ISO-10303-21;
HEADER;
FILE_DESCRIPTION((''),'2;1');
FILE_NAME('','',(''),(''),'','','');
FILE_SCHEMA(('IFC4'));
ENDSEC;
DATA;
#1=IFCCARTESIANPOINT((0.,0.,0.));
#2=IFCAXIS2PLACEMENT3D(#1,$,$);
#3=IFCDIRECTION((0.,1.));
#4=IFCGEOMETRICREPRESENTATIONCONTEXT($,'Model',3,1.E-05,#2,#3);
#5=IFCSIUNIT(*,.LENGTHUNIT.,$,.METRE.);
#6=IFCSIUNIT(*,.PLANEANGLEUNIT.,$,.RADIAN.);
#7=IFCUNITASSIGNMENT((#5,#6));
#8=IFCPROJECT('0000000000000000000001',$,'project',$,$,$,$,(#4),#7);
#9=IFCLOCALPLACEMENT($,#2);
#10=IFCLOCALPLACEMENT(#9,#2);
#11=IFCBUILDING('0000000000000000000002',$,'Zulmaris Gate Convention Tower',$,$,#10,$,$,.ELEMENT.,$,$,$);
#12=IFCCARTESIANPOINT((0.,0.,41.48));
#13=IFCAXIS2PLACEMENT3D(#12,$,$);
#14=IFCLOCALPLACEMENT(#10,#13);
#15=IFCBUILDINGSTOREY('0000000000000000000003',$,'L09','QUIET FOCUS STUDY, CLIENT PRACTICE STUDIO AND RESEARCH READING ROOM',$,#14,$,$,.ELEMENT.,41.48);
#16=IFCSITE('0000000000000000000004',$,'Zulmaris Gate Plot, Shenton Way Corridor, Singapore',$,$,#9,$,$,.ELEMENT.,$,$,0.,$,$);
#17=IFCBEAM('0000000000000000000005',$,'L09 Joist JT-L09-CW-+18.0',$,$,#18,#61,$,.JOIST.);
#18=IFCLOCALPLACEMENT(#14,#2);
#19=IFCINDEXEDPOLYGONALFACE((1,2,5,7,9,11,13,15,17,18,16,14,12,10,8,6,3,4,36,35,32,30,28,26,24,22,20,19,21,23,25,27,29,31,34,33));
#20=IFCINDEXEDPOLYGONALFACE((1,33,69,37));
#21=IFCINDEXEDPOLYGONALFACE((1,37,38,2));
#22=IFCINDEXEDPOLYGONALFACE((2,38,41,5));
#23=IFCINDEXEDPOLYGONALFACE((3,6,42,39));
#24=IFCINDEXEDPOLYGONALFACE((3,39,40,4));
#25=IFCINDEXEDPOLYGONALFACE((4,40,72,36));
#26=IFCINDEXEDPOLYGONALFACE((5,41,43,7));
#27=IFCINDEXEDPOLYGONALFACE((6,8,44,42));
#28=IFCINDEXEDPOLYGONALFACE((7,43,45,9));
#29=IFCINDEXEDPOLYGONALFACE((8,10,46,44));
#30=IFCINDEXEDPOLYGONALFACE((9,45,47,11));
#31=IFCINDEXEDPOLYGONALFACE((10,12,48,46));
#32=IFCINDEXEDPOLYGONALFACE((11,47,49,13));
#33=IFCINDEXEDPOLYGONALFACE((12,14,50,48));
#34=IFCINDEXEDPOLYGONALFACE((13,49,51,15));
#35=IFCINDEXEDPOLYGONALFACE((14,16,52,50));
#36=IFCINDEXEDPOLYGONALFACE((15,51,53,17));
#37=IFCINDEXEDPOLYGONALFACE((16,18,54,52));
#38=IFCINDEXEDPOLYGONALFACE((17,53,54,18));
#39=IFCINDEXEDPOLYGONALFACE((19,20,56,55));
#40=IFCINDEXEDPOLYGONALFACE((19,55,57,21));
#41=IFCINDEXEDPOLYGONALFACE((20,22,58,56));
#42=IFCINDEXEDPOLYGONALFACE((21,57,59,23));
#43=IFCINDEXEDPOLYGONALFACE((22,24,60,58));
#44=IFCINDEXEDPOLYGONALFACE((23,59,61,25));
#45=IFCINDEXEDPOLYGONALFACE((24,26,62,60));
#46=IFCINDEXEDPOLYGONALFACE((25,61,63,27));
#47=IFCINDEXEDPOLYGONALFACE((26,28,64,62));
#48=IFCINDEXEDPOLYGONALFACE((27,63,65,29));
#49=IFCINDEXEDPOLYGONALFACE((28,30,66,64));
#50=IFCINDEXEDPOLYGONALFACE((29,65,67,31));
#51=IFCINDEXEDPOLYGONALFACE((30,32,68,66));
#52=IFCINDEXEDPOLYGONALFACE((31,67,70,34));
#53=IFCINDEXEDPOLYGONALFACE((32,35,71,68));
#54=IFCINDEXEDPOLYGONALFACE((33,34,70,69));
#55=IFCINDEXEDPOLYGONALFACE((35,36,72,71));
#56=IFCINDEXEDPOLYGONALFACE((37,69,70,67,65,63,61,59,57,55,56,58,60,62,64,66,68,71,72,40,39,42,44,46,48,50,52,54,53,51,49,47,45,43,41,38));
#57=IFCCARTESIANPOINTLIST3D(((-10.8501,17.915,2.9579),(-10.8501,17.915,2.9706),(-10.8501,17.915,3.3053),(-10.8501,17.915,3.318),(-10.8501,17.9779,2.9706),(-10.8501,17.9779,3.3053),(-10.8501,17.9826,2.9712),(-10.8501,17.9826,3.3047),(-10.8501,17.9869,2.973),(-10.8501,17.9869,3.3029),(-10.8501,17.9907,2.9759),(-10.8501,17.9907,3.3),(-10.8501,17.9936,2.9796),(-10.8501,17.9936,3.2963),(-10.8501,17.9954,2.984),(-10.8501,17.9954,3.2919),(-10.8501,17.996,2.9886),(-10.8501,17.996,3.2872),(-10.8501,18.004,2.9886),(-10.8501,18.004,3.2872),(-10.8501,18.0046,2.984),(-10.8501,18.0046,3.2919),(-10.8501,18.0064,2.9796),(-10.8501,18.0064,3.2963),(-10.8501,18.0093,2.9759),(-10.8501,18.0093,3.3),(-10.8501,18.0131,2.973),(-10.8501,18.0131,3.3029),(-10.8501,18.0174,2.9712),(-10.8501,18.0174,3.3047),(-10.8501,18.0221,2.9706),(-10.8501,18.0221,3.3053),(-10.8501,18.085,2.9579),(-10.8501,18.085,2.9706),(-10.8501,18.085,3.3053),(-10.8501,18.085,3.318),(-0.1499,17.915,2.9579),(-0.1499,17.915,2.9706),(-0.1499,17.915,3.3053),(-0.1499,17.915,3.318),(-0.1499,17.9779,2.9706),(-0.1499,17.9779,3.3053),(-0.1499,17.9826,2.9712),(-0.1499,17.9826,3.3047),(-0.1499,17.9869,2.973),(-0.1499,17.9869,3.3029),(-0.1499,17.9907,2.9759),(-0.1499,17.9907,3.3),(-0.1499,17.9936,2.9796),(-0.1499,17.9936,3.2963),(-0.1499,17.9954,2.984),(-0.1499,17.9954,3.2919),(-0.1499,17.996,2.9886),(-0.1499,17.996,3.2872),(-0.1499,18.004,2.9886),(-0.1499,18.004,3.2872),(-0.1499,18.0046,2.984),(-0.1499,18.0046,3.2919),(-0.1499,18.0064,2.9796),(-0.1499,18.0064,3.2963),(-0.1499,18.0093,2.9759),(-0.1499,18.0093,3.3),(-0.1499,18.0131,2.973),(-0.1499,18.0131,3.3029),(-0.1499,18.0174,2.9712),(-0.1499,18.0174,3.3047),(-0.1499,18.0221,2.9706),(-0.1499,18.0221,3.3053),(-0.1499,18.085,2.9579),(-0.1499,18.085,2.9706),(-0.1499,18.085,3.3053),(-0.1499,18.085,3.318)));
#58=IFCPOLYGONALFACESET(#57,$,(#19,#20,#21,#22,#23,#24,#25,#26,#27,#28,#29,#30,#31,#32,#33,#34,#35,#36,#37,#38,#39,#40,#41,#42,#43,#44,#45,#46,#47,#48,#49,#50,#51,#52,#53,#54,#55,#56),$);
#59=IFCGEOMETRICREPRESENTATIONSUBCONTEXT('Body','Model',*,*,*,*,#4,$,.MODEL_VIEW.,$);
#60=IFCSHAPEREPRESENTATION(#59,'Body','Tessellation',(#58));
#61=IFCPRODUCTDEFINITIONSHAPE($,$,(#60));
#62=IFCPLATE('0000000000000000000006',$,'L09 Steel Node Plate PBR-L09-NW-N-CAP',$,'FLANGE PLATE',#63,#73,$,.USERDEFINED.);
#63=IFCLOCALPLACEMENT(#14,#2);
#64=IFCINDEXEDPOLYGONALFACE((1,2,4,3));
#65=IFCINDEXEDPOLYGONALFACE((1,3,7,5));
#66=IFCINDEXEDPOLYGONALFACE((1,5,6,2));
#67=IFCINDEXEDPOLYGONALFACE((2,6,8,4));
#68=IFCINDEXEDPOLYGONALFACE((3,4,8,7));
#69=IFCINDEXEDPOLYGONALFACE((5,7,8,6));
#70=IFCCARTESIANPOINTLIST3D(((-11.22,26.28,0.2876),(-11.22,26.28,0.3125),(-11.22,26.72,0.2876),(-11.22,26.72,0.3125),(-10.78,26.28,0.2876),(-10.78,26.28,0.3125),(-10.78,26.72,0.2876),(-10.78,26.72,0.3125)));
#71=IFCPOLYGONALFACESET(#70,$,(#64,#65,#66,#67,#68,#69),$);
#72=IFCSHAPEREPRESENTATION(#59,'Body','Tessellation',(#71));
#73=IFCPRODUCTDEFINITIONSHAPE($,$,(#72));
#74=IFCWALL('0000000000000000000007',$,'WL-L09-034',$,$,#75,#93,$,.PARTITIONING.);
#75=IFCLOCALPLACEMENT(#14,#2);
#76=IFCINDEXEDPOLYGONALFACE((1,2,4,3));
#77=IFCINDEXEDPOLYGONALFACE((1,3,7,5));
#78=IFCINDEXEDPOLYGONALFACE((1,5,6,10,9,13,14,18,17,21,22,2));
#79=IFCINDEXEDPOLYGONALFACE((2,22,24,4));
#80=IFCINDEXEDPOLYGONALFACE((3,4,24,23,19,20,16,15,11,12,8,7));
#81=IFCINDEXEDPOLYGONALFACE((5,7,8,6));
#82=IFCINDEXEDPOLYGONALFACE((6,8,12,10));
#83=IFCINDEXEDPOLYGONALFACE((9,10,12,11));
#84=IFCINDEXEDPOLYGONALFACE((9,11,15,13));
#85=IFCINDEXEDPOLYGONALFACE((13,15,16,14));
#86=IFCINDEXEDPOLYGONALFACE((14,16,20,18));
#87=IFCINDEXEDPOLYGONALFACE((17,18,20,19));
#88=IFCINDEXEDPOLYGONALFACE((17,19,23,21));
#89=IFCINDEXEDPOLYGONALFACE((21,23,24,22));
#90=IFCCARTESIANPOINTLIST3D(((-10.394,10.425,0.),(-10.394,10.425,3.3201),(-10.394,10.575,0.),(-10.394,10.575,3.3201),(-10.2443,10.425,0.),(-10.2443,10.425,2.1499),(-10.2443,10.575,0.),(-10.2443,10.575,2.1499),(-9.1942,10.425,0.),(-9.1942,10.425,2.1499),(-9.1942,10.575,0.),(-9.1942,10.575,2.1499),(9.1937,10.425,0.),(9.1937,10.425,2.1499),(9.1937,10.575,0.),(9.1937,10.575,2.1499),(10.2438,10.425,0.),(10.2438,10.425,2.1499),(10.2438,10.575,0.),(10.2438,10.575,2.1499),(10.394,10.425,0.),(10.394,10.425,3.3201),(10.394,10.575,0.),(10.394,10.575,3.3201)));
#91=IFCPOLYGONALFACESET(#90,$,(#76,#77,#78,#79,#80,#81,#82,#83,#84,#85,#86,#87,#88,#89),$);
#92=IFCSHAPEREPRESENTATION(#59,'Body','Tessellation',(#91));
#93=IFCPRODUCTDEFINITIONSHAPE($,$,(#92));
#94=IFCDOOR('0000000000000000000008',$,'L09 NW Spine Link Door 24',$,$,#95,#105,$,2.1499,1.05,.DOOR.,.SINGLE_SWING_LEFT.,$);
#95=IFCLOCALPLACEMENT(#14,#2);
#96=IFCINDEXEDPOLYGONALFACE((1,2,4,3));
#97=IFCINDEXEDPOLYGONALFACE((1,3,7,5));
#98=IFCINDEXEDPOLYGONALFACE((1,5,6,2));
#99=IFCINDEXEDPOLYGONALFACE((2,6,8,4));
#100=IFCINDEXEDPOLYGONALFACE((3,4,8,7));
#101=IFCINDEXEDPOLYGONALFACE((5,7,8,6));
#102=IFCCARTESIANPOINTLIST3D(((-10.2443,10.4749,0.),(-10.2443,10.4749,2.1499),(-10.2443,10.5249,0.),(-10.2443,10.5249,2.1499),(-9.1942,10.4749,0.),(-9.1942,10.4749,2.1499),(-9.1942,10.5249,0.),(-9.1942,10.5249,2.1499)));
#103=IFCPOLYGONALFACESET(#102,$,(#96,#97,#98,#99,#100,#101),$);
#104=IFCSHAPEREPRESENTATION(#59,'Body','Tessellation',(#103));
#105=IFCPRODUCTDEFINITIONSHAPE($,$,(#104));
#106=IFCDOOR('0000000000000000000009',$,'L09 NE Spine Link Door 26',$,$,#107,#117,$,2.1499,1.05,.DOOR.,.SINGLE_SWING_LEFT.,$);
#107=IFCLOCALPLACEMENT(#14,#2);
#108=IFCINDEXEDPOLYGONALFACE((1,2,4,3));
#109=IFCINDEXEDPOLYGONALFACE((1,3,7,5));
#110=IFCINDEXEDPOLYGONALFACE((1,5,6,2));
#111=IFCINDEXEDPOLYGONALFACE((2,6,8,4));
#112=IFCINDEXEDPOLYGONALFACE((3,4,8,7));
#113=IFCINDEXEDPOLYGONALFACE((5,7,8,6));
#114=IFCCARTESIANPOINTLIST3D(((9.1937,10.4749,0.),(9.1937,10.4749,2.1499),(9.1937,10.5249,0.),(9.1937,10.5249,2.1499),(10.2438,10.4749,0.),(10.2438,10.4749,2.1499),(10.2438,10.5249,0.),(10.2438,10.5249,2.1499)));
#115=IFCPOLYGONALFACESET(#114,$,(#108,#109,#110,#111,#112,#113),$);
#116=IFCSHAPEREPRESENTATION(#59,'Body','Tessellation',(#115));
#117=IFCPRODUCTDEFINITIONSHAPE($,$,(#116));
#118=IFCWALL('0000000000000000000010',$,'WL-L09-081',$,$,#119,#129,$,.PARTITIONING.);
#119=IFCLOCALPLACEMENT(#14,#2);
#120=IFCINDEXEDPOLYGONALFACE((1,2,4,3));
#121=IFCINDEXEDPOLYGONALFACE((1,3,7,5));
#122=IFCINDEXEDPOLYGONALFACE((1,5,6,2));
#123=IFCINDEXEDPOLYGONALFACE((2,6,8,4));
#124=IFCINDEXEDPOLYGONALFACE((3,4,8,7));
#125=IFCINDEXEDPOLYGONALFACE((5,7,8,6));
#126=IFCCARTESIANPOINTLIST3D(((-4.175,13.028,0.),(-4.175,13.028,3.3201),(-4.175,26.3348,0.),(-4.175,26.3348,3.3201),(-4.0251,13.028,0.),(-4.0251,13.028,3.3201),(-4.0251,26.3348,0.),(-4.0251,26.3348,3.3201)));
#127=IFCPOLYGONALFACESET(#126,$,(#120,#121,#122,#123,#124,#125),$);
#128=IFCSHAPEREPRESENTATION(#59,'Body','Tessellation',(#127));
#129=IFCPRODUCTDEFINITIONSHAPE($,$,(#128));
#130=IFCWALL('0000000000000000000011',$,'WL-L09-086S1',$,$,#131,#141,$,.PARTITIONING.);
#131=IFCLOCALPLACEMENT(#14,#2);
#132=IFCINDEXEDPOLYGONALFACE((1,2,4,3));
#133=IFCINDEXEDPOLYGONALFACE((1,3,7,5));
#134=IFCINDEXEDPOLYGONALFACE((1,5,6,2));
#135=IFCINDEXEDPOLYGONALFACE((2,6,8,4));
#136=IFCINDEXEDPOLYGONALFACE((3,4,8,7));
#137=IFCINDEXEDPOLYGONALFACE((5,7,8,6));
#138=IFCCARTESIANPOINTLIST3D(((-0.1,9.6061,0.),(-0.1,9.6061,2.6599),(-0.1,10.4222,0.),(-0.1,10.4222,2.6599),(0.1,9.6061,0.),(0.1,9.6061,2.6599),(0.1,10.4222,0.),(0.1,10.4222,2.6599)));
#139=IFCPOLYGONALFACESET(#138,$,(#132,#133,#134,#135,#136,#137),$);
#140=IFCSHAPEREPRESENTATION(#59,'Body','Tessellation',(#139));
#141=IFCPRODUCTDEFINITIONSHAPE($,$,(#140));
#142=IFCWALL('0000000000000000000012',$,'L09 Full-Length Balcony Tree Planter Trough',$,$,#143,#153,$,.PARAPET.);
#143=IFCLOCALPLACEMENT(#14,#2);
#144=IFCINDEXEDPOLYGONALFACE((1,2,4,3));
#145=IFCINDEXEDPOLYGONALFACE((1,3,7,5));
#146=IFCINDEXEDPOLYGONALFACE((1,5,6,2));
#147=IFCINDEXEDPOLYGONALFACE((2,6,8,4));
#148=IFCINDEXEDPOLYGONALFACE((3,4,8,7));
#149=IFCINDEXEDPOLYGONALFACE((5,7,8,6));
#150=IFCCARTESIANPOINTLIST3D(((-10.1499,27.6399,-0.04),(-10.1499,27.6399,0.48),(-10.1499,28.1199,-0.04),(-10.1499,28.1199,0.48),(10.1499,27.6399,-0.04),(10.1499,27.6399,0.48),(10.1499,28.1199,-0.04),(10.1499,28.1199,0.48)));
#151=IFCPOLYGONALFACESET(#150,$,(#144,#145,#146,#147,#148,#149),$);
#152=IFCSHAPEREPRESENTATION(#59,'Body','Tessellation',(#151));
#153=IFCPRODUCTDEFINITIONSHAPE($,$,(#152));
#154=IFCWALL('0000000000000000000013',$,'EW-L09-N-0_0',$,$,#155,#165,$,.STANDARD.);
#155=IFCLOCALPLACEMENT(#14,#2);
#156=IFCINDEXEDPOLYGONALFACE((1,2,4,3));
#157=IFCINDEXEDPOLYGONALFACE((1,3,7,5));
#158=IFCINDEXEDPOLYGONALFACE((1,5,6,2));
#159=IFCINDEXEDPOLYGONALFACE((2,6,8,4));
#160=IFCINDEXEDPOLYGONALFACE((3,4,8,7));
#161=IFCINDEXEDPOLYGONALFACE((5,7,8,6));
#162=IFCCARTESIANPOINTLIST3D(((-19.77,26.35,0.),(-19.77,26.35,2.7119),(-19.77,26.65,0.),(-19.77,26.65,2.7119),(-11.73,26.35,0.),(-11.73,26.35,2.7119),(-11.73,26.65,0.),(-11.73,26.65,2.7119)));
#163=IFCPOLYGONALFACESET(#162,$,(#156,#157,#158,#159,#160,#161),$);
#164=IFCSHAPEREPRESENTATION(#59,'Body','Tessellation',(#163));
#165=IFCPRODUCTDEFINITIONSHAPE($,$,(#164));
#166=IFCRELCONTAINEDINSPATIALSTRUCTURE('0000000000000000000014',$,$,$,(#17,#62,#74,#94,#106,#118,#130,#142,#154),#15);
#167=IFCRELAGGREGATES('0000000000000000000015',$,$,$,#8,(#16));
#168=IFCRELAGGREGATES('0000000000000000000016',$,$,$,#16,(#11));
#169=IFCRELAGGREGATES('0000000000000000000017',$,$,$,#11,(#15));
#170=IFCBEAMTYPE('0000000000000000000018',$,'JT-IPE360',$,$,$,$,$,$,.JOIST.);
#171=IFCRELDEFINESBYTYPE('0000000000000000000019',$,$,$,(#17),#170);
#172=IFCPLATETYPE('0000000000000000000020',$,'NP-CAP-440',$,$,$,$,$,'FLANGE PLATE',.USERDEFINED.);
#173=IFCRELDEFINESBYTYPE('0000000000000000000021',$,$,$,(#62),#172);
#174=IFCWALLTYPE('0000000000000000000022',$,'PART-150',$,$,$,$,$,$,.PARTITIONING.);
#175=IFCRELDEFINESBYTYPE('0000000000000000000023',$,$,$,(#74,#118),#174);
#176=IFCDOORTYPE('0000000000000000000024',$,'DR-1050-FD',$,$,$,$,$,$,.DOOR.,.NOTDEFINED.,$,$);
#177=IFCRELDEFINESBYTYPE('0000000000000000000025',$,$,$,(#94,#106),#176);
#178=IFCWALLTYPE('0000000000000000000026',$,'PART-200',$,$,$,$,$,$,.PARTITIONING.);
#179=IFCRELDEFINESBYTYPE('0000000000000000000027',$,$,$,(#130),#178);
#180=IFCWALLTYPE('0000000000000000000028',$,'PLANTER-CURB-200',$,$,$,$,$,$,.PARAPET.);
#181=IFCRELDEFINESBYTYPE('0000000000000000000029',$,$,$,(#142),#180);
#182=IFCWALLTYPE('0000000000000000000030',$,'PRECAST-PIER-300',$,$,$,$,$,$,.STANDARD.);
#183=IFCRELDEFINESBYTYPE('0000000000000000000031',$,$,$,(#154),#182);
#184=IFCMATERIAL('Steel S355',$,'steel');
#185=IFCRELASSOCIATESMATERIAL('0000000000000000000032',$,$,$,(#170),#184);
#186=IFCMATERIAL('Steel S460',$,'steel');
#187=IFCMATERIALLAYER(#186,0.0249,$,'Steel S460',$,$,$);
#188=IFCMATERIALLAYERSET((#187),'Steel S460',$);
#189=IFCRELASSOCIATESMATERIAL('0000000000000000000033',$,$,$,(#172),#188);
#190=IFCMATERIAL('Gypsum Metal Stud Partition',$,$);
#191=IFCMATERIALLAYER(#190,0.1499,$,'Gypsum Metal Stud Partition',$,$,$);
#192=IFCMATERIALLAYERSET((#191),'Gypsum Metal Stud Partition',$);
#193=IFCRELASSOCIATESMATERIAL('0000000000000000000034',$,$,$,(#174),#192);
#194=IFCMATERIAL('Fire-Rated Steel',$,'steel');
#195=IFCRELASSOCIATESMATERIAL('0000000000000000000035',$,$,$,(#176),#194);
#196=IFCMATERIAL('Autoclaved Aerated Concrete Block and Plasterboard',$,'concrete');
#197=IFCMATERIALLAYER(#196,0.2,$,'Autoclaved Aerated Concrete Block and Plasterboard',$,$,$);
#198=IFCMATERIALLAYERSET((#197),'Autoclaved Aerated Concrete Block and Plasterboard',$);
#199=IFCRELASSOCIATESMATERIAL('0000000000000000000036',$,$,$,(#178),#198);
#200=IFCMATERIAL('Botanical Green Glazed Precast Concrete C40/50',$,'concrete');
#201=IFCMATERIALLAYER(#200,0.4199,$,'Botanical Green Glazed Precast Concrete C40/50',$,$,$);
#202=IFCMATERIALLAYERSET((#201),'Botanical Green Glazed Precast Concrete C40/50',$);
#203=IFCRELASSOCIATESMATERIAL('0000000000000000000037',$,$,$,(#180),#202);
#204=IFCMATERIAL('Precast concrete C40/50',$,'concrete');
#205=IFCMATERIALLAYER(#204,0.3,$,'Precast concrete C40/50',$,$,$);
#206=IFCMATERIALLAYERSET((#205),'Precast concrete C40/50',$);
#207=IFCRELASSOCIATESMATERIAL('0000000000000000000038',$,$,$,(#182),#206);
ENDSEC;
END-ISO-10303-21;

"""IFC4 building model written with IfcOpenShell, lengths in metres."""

from ifc_helpers import new_model, si_unit, direction, frame, frame_2d, origin, origin_2d, place, context, subcontext, project, spatial, rectangle, i_section, extrude, material, layer, layer_set, material_profile, profile_set, type_object, element, fill, save


model = new_model("IFC4")

# Units and contexts
model_context = context("Model", 3, precision=1e-05, world=origin(), true_north=direction((0.0, 1.0)))
body_context = subcontext(model_context, "Body", "Model", "MODEL_VIEW")
ifc_project = project(units=[si_unit("LENGTHUNIT", "METRE"), si_unit("PLANEANGLEUNIT", "RADIAN")], contexts=[model_context])

# Site, building, storey
site_placement = place(None, origin())
site = spatial("IfcSite", under=ifc_project, at=site_placement, Name="Zulmaris Gate Plot, Shenton Way Corridor, Singapore", CompositionType="ELEMENT", RefElevation=0.0)
building_placement = place(site_placement, origin())
building = spatial("IfcBuilding", under=site, at=building_placement, Name="Zulmaris Gate Convention Tower", CompositionType="ELEMENT")
storey_placement = place(building_placement, frame((0.0, 0.0, 41.48)))
storey = spatial("IfcBuildingStorey", under=building, at=storey_placement, Name="L09", Description="QUIET FOCUS STUDY, CLIENT PRACTICE STUDIO AND RESEARCH READING ROOM", CompositionType="ELEMENT", Elevation=41.48)

# Shared definitions
ifc_material_1 = material(Name="Steel S355", Category="steel")

# Shared definitions
ifc_material_2 = material(Name="Steel S460", Category="steel")

# Beam
ifc_material_profile_1 = material_profile(ifc_material_1, i_section(OverallWidth=0.1699, OverallDepth=0.3601, WebThickness=0.0081, FlangeThickness=0.0127, FilletRadius=0.0181, at=origin_2d()), Name="IPE 360")
ifc_profile_set_1 = profile_set([ifc_material_profile_1], Name="Steel S355")
beam_type_1 = type_object("IfcBeamType", Name="JT-IPE360", PredefinedType="JOIST", material=ifc_profile_set_1)
for number, where, z_axis, x_axis, name in (
    (1, (-10.8501, 18.0, 3.1379), (1.0, 0.0, 0.0), (0.0, 1.0, 0.0), "L09 Joist JT-L09-CW-+18.0"),
):
    element("IfcBeam", number, at=place(storey_placement, frame(where, z_axis=z_axis, x_axis=x_axis)), inside=storey, type_object=beam_type_1, Name=name, PredefinedType="JOIST", context=body_context, shape_type="SweptSolid", body=[
        extrude(i_section(OverallWidth=0.1699, OverallDepth=0.3601, WebThickness=0.0081, FlangeThickness=0.0127, FilletRadius=0.0181, at=origin_2d()), origin(), (0.0, 0.0, 1.0), 10.7002),
    ])

# Plate
ifc_layer_1 = layer(ifc_material_2, 0.0249, Name="Steel S460")
ifc_layer_set_1 = layer_set([ifc_layer_1], Name="Steel S460")
plate_type = type_object("IfcPlateType", Name="NP-CAP-440", ElementType="FLANGE PLATE", PredefinedType="USERDEFINED", material=ifc_layer_set_1)
plate_placement = place(storey_placement, frame((-11.0, 26.5, 0.2876), z_axis=(0.0, 0.0, 1.0), x_axis=(1.0, 0.0, 0.0)))
element("IfcPlate", 2, at=plate_placement, inside=storey, type_object=plate_type, Name="L09 Steel Node Plate PBR-L09-NW-N-CAP", ObjectType="FLANGE PLATE", PredefinedType="USERDEFINED", context=body_context, shape_type="SweptSolid", body=[
    extrude(rectangle(XDim=0.4399, YDim=0.4399, at=origin_2d()), origin(), (0.0, 0.0, 1.0), 0.0249),
])

# Wall, openings, doors
ifc_material_3 = material(Name="Gypsum Metal Stud Partition")
ifc_layer_2 = layer(ifc_material_3, 0.1499, Name="Gypsum Metal Stud Partition")
ifc_layer_set_2 = layer_set([ifc_layer_2], Name="Gypsum Metal Stud Partition")
wall_type_1 = type_object("IfcWallType", Name="PART-150", PredefinedType="PARTITIONING", material=ifc_layer_set_2)
wall_1_placement = place(storey_placement, frame((-10.394, 10.5, 0.0), z_axis=(0.0, 0.0, 1.0), x_axis=(1.0, 0.0, 0.0)))
wall_1 = element("IfcWall", 3, at=wall_1_placement, inside=storey, type_object=wall_type_1, Name="WL-L09-034", PredefinedType="PARTITIONING", context=body_context, shape_type="SweptSolid", body=[
    extrude(rectangle(XDim=20.7881, YDim=0.1499, at=frame_2d((10.394, 0.0))), origin(), (0.0, 0.0, 1.0), 3.3201),
])
opening_1_placement = place(wall_1_placement, frame((0.1499, 0.0, 0.0)))
opening_1 = element("IfcOpeningElement", 4, at=opening_1_placement, cuts=wall_1, PredefinedType="OPENING", context=body_context, shape_type="SweptSolid", body=[
    extrude(rectangle(XDim=1.05, YDim=2.1499, at=frame_2d((0.5249, 1.075))), frame((0.0, 0.085, 0.0), z_axis=(0.0, -1.0, 0.0), x_axis=(1.0, 0.0, 0.0)), (0.0, 0.0, 1.0), 0.1699),
])
opening_2_placement = place(wall_1_placement, frame((19.5879, 0.0, 0.0)))
opening_2 = element("IfcOpeningElement", 5, at=opening_2_placement, cuts=wall_1, PredefinedType="OPENING", context=body_context, shape_type="SweptSolid", body=[
    extrude(rectangle(XDim=1.05, YDim=2.1499, at=frame_2d((0.5249, 1.075))), frame((0.0, 0.085, 0.0), z_axis=(0.0, -1.0, 0.0), x_axis=(1.0, 0.0, 0.0)), (0.0, 0.0, 1.0), 0.1699),
])
ifc_material_4 = material(Name="Fire-Rated Steel", Category="steel")
door_type_1 = type_object("IfcDoorType", Name="DR-1050-FD", OperationType="NOTDEFINED", PredefinedType="DOOR", material=ifc_material_4)
door_1_placement = place(opening_1_placement, origin())
door_1 = element("IfcDoor", 6, at=door_1_placement, inside=storey, type_object=door_type_1, Name="L09 NW Spine Link Door 24", OperationType="SINGLE_SWING_LEFT", OverallHeight=2.1499, OverallWidth=1.05, PredefinedType="DOOR", context=body_context, shape_type="SweptSolid", body=[
    extrude(rectangle(XDim=1.05, YDim=2.1499, at=frame_2d((0.5249, 1.075))), frame((0.0, 0.0249, 0.0), z_axis=(0.0, -1.0, 0.0), x_axis=(1.0, 0.0, 0.0)), (0.0, 0.0, 1.0), 0.05),
])
fill(opening_1, door_1)
door_2_placement = place(opening_2_placement, origin())
door_2 = element("IfcDoor", 7, at=door_2_placement, inside=storey, type_object=door_type_1, Name="L09 NE Spine Link Door 26", OperationType="SINGLE_SWING_LEFT", OverallHeight=2.1499, OverallWidth=1.05, PredefinedType="DOOR", context=body_context, shape_type="SweptSolid", body=[
    extrude(rectangle(XDim=1.05, YDim=2.1499, at=frame_2d((0.5249, 1.075))), frame((0.0, 0.0249, 0.0), z_axis=(0.0, -1.0, 0.0), x_axis=(1.0, 0.0, 0.0)), (0.0, 0.0, 1.0), 0.05),
])
fill(opening_2, door_2)

# Walls
wall_2_placement = place(storey_placement, frame((-4.1001, 13.0281, 0.0), z_axis=(0.0, 0.0, 1.0), x_axis=(0.0, 1.0, 0.0)))
element("IfcWall", 8, at=wall_2_placement, inside=storey, type_object=wall_type_1, Name="WL-L09-081", PredefinedType="PARTITIONING", context=body_context, shape_type="SweptSolid", body=[
    extrude(rectangle(XDim=13.3069, YDim=0.1499, at=frame_2d((6.6533, 0.0))), origin(), (0.0, 0.0, 1.0), 3.3201),
])
ifc_material_5 = material(Name="Autoclaved Aerated Concrete Block and Plasterboard", Category="concrete")
ifc_layer_3 = layer(ifc_material_5, 0.2, Name="Autoclaved Aerated Concrete Block and Plasterboard")
ifc_layer_set_3 = layer_set([ifc_layer_3], Name="Autoclaved Aerated Concrete Block and Plasterboard")
wall_type_2 = type_object("IfcWallType", Name="PART-200", PredefinedType="PARTITIONING", material=ifc_layer_set_3)
wall_3_placement = place(storey_placement, frame((0.0, 9.606, 0.0), z_axis=(0.0, 0.0, 1.0), x_axis=(0.0, 1.0, 0.0)))
element("IfcWall", 9, at=wall_3_placement, inside=storey, type_object=wall_type_2, Name="WL-L09-086S1", PredefinedType="PARTITIONING", context=body_context, shape_type="SweptSolid", body=[
    extrude(rectangle(XDim=0.8162, YDim=0.2, at=frame_2d((0.4082, 0.0))), origin(), (0.0, 0.0, 1.0), 2.6599),
])
ifc_material_6 = material(Name="Botanical Green Glazed Precast Concrete C40/50", Category="concrete")
ifc_layer_4 = layer(ifc_material_6, 0.4199, Name="Botanical Green Glazed Precast Concrete C40/50")
ifc_layer_set_4 = layer_set([ifc_layer_4], Name="Botanical Green Glazed Precast Concrete C40/50")
wall_type_3 = type_object("IfcWallType", Name="PLANTER-CURB-200", PredefinedType="PARAPET", material=ifc_layer_set_4)
wall_4_placement = place(storey_placement, frame((-10.1499, 27.8799, -0.04), z_axis=(0.0, 0.0, 1.0), x_axis=(1.0, 0.0, 0.0)))
element("IfcWall", 10, at=wall_4_placement, inside=storey, type_object=wall_type_3, Name="L09 Full-Length Balcony Tree Planter Trough", PredefinedType="PARAPET", context=body_context, shape_type="SweptSolid", body=[
    extrude(rectangle(XDim=20.2998, YDim=0.48, at=frame_2d((10.1499, 0.0))), origin(), (0.0, 0.0, 1.0), 0.52),
])
ifc_material_7 = material(Name="Precast concrete C40/50", Category="concrete")
ifc_layer_5 = layer(ifc_material_7, 0.3, Name="Precast concrete C40/50")
ifc_layer_set_5 = layer_set([ifc_layer_5], Name="Precast concrete C40/50")
wall_type_4 = type_object("IfcWallType", Name="PRECAST-PIER-300", PredefinedType="STANDARD", material=ifc_layer_set_5)
wall_5_placement = place(storey_placement, frame((-11.73, 26.5, 0.0), z_axis=(0.0, 0.0, 1.0), x_axis=(-1.0, 0.0, 0.0)))
element("IfcWall", 11, at=wall_5_placement, inside=storey, type_object=wall_type_4, Name="EW-L09-N-0_0", PredefinedType="STANDARD", context=body_context, shape_type="SweptSolid", body=[
    extrude(rectangle(XDim=8.04, YDim=0.3, at=frame_2d((4.02, 0.0))), origin(), (0.0, 0.0, 1.0), 2.7119),
])

save(model, "model.ifc")
